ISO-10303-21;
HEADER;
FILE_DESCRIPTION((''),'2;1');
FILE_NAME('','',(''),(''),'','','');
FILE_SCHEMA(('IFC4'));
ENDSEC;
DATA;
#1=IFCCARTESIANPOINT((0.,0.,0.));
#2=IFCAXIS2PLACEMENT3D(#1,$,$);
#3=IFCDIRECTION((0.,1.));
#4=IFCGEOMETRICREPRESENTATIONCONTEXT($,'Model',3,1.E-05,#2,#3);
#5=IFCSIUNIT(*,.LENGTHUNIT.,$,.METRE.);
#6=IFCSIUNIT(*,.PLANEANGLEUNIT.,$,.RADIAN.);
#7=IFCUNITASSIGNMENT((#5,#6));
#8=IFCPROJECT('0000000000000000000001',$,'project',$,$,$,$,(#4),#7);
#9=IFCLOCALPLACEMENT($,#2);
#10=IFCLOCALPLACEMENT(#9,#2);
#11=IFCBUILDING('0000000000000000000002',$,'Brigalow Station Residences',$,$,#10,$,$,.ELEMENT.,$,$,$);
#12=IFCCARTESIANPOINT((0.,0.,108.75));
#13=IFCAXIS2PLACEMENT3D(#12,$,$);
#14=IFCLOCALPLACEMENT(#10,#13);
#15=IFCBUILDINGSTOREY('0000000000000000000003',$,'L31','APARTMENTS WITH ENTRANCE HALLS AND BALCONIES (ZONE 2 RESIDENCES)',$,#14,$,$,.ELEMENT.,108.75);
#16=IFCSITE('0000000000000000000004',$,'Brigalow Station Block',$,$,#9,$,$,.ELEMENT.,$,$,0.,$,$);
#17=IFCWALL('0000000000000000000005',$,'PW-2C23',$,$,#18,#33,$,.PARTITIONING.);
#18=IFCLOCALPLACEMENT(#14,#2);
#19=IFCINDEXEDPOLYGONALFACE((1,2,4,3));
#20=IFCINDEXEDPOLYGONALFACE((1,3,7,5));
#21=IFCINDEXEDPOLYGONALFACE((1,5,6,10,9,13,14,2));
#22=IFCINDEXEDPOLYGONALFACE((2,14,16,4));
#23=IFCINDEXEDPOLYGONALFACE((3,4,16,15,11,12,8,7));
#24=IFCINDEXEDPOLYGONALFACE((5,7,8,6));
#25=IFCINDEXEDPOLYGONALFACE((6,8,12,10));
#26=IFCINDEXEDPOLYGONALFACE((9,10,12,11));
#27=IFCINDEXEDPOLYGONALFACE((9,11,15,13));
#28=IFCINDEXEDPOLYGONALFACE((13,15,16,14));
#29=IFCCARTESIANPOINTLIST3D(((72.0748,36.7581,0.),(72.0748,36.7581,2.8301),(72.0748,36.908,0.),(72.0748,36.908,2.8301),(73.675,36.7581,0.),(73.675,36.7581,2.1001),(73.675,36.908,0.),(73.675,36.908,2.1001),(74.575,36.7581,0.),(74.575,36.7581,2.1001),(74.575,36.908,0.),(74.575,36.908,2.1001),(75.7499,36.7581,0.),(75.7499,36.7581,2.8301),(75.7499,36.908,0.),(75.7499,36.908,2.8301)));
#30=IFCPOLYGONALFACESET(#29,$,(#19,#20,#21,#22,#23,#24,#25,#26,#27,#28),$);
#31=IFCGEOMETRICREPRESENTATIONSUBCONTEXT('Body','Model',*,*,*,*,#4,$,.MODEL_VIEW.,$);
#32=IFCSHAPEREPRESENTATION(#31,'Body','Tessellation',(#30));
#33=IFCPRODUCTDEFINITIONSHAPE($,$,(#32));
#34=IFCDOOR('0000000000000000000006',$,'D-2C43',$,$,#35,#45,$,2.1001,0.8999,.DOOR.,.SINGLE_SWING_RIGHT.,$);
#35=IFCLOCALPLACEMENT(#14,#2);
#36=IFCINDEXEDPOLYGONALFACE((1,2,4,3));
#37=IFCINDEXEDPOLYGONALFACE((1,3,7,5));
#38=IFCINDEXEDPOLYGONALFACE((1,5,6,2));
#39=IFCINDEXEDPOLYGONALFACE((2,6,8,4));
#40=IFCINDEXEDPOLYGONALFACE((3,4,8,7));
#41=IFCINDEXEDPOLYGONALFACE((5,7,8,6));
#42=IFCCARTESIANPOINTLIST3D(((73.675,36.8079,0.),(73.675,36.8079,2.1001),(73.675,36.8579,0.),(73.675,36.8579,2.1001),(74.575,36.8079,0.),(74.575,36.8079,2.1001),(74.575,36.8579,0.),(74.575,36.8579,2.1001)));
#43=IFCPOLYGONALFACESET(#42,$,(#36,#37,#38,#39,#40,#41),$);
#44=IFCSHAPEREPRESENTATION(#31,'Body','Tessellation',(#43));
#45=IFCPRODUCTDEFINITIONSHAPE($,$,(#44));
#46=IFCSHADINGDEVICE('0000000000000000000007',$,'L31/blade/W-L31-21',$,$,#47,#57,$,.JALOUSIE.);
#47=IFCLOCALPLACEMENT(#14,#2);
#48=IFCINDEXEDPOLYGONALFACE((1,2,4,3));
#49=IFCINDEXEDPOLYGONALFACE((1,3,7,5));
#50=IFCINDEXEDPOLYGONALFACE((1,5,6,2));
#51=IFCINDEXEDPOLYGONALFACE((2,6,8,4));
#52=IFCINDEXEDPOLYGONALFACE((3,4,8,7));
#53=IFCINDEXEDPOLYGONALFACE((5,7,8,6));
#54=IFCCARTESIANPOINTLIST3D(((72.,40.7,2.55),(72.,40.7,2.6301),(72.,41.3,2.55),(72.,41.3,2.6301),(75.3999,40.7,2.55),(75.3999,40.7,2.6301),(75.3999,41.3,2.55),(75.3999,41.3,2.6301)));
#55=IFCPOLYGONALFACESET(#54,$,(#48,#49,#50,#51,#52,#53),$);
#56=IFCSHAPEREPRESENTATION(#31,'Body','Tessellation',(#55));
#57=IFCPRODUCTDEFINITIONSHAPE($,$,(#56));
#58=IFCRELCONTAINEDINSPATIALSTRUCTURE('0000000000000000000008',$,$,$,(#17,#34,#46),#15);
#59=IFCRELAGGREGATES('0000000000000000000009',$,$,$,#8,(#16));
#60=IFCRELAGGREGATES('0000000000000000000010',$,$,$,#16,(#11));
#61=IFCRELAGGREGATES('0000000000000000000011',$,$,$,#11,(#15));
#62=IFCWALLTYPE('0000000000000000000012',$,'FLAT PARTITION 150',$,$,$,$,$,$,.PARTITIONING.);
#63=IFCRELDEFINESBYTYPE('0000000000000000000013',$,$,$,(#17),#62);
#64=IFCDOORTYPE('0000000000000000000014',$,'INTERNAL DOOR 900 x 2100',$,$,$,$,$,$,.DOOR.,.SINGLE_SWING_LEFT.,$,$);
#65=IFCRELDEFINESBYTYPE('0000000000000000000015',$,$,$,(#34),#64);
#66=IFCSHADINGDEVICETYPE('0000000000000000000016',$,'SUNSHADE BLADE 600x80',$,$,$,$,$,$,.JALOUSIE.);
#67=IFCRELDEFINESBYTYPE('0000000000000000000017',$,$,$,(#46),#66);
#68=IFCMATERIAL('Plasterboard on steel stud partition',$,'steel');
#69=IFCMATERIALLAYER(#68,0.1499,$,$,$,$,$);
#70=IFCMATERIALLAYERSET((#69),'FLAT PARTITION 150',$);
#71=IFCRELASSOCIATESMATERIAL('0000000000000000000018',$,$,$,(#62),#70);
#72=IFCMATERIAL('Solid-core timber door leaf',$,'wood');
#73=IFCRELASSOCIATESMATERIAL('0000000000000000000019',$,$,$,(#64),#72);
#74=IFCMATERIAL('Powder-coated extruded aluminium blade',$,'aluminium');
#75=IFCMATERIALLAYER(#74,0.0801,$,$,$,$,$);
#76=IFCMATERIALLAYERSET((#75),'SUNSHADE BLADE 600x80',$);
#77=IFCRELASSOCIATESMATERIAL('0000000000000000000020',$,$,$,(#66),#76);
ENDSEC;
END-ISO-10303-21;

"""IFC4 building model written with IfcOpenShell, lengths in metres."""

from ifc_helpers import new_model, si_unit, direction, frame, frame_2d, origin, origin_2d, place, context, subcontext, project, spatial, rectangle, extrude, material, layer, layer_set, type_object, element, fill, save


model = new_model("IFC4")

# Units and contexts
model_context = context("Model", 3, precision=1e-05, world=origin(), true_north=direction((0.0, 1.0)))
body_context = subcontext(model_context, "Body", "Model", "MODEL_VIEW")
ifc_project = project(units=[si_unit("LENGTHUNIT", "METRE"), si_unit("PLANEANGLEUNIT", "RADIAN")], contexts=[model_context])

# Site, building, storey
site_placement = place(None, origin())
site = spatial("IfcSite", under=ifc_project, at=site_placement, Name="Brigalow Station Block", CompositionType="ELEMENT", RefElevation=0.0)
building_placement = place(site_placement, origin())
building = spatial("IfcBuilding", under=site, at=building_placement, Name="Brigalow Station Residences", CompositionType="ELEMENT")
storey_placement = place(building_placement, frame((0.0, 0.0, 108.75)))
storey = spatial("IfcBuildingStorey", under=building, at=storey_placement, Name="L31", Description="APARTMENTS WITH ENTRANCE HALLS AND BALCONIES (ZONE 2 RESIDENCES)", CompositionType="ELEMENT", Elevation=108.75)

# Wall, opening, door
ifc_material_1 = material(Name="Plasterboard on steel stud partition", Category="steel")
ifc_layer_1 = layer(ifc_material_1, 0.1499)
ifc_layer_set_1 = layer_set([ifc_layer_1], Name="FLAT PARTITION 150")
wall_type_1 = type_object("IfcWallType", Name="FLAT PARTITION 150", PredefinedType="PARTITIONING", material=ifc_layer_set_1)
wall_1_placement = place(storey_placement, frame((72.075, 36.833, 0.0), z_axis=(0.0, 0.0, 1.0), x_axis=(1.0, 0.0, 0.0)))
wall_1 = element("IfcWall", 1, at=wall_1_placement, inside=storey, type_object=wall_type_1, Name="PW-2C23", PredefinedType="PARTITIONING", context=body_context, shape_type="SweptSolid", body=[
    extrude(rectangle(XDim=3.675, YDim=0.1499, at=frame_2d((1.8374, 0.0))), origin(), (0.0, 0.0, 1.0), 2.8301),
])
opening_1_placement = place(wall_1_placement, frame((1.6001, 0.0, 0.0)))
opening_1 = element("IfcOpeningElement", 2, at=opening_1_placement, cuts=wall_1, PredefinedType="OPENING", context=body_context, shape_type="SweptSolid", body=[
    extrude(rectangle(XDim=0.8999, YDim=2.1001, at=frame_2d((0.45, 1.05))), frame((0.0, 0.085, 0.0), z_axis=(0.0, -1.0, 0.0), x_axis=(1.0, 0.0, 0.0)), (0.0, 0.0, 1.0), 0.1699),
])
ifc_material_2 = material(Name="Solid-core timber door leaf", Category="wood")
door_type = type_object("IfcDoorType", Name="INTERNAL DOOR 900 x 2100", OperationType="SINGLE_SWING_LEFT", PredefinedType="DOOR", material=ifc_material_2)
door_placement = place(opening_1_placement, origin())
door = element("IfcDoor", 3, at=door_placement, inside=storey, type_object=door_type, Name="D-2C43", OperationType="SINGLE_SWING_RIGHT", OverallHeight=2.1001, OverallWidth=0.8999, PredefinedType="DOOR", context=body_context, shape_type="SweptSolid", body=[
    extrude(rectangle(XDim=0.8999, YDim=2.1001, at=frame_2d((0.45, 1.05))), frame((0.0, 0.0249, 0.0), z_axis=(0.0, -1.0, 0.0), x_axis=(1.0, 0.0, 0.0)), (0.0, 0.0, 1.0), 0.05),
])
fill(opening_1, door)

# Shading device
ifc_material_3 = material(Name="Powder-coated extruded aluminium blade", Category="aluminium")
ifc_layer_2 = layer(ifc_material_3, 0.0801)
ifc_layer_set_2 = layer_set([ifc_layer_2], Name="SUNSHADE BLADE 600x80")
shading_device_type = type_object("IfcShadingDeviceType", Name="SUNSHADE BLADE 600x80", PredefinedType="JALOUSIE", material=ifc_layer_set_2)
shading_device_placement = place(storey_placement, frame((73.7, 41.0, 2.55), z_axis=(0.0, 0.0, 1.0), x_axis=(-1.0, 0.0, 0.0)))
element("IfcShadingDevice", 4, at=shading_device_placement, inside=storey, type_object=shading_device_type, Name="L31/blade/W-L31-21", PredefinedType="JALOUSIE", context=body_context, shape_type="SweptSolid", body=[
    extrude(rectangle(XDim=3.3999, YDim=0.6001, at=origin_2d()), origin(), (0.0, 0.0, 1.0), 0.0801),
])

save(model, "model.ifc")
